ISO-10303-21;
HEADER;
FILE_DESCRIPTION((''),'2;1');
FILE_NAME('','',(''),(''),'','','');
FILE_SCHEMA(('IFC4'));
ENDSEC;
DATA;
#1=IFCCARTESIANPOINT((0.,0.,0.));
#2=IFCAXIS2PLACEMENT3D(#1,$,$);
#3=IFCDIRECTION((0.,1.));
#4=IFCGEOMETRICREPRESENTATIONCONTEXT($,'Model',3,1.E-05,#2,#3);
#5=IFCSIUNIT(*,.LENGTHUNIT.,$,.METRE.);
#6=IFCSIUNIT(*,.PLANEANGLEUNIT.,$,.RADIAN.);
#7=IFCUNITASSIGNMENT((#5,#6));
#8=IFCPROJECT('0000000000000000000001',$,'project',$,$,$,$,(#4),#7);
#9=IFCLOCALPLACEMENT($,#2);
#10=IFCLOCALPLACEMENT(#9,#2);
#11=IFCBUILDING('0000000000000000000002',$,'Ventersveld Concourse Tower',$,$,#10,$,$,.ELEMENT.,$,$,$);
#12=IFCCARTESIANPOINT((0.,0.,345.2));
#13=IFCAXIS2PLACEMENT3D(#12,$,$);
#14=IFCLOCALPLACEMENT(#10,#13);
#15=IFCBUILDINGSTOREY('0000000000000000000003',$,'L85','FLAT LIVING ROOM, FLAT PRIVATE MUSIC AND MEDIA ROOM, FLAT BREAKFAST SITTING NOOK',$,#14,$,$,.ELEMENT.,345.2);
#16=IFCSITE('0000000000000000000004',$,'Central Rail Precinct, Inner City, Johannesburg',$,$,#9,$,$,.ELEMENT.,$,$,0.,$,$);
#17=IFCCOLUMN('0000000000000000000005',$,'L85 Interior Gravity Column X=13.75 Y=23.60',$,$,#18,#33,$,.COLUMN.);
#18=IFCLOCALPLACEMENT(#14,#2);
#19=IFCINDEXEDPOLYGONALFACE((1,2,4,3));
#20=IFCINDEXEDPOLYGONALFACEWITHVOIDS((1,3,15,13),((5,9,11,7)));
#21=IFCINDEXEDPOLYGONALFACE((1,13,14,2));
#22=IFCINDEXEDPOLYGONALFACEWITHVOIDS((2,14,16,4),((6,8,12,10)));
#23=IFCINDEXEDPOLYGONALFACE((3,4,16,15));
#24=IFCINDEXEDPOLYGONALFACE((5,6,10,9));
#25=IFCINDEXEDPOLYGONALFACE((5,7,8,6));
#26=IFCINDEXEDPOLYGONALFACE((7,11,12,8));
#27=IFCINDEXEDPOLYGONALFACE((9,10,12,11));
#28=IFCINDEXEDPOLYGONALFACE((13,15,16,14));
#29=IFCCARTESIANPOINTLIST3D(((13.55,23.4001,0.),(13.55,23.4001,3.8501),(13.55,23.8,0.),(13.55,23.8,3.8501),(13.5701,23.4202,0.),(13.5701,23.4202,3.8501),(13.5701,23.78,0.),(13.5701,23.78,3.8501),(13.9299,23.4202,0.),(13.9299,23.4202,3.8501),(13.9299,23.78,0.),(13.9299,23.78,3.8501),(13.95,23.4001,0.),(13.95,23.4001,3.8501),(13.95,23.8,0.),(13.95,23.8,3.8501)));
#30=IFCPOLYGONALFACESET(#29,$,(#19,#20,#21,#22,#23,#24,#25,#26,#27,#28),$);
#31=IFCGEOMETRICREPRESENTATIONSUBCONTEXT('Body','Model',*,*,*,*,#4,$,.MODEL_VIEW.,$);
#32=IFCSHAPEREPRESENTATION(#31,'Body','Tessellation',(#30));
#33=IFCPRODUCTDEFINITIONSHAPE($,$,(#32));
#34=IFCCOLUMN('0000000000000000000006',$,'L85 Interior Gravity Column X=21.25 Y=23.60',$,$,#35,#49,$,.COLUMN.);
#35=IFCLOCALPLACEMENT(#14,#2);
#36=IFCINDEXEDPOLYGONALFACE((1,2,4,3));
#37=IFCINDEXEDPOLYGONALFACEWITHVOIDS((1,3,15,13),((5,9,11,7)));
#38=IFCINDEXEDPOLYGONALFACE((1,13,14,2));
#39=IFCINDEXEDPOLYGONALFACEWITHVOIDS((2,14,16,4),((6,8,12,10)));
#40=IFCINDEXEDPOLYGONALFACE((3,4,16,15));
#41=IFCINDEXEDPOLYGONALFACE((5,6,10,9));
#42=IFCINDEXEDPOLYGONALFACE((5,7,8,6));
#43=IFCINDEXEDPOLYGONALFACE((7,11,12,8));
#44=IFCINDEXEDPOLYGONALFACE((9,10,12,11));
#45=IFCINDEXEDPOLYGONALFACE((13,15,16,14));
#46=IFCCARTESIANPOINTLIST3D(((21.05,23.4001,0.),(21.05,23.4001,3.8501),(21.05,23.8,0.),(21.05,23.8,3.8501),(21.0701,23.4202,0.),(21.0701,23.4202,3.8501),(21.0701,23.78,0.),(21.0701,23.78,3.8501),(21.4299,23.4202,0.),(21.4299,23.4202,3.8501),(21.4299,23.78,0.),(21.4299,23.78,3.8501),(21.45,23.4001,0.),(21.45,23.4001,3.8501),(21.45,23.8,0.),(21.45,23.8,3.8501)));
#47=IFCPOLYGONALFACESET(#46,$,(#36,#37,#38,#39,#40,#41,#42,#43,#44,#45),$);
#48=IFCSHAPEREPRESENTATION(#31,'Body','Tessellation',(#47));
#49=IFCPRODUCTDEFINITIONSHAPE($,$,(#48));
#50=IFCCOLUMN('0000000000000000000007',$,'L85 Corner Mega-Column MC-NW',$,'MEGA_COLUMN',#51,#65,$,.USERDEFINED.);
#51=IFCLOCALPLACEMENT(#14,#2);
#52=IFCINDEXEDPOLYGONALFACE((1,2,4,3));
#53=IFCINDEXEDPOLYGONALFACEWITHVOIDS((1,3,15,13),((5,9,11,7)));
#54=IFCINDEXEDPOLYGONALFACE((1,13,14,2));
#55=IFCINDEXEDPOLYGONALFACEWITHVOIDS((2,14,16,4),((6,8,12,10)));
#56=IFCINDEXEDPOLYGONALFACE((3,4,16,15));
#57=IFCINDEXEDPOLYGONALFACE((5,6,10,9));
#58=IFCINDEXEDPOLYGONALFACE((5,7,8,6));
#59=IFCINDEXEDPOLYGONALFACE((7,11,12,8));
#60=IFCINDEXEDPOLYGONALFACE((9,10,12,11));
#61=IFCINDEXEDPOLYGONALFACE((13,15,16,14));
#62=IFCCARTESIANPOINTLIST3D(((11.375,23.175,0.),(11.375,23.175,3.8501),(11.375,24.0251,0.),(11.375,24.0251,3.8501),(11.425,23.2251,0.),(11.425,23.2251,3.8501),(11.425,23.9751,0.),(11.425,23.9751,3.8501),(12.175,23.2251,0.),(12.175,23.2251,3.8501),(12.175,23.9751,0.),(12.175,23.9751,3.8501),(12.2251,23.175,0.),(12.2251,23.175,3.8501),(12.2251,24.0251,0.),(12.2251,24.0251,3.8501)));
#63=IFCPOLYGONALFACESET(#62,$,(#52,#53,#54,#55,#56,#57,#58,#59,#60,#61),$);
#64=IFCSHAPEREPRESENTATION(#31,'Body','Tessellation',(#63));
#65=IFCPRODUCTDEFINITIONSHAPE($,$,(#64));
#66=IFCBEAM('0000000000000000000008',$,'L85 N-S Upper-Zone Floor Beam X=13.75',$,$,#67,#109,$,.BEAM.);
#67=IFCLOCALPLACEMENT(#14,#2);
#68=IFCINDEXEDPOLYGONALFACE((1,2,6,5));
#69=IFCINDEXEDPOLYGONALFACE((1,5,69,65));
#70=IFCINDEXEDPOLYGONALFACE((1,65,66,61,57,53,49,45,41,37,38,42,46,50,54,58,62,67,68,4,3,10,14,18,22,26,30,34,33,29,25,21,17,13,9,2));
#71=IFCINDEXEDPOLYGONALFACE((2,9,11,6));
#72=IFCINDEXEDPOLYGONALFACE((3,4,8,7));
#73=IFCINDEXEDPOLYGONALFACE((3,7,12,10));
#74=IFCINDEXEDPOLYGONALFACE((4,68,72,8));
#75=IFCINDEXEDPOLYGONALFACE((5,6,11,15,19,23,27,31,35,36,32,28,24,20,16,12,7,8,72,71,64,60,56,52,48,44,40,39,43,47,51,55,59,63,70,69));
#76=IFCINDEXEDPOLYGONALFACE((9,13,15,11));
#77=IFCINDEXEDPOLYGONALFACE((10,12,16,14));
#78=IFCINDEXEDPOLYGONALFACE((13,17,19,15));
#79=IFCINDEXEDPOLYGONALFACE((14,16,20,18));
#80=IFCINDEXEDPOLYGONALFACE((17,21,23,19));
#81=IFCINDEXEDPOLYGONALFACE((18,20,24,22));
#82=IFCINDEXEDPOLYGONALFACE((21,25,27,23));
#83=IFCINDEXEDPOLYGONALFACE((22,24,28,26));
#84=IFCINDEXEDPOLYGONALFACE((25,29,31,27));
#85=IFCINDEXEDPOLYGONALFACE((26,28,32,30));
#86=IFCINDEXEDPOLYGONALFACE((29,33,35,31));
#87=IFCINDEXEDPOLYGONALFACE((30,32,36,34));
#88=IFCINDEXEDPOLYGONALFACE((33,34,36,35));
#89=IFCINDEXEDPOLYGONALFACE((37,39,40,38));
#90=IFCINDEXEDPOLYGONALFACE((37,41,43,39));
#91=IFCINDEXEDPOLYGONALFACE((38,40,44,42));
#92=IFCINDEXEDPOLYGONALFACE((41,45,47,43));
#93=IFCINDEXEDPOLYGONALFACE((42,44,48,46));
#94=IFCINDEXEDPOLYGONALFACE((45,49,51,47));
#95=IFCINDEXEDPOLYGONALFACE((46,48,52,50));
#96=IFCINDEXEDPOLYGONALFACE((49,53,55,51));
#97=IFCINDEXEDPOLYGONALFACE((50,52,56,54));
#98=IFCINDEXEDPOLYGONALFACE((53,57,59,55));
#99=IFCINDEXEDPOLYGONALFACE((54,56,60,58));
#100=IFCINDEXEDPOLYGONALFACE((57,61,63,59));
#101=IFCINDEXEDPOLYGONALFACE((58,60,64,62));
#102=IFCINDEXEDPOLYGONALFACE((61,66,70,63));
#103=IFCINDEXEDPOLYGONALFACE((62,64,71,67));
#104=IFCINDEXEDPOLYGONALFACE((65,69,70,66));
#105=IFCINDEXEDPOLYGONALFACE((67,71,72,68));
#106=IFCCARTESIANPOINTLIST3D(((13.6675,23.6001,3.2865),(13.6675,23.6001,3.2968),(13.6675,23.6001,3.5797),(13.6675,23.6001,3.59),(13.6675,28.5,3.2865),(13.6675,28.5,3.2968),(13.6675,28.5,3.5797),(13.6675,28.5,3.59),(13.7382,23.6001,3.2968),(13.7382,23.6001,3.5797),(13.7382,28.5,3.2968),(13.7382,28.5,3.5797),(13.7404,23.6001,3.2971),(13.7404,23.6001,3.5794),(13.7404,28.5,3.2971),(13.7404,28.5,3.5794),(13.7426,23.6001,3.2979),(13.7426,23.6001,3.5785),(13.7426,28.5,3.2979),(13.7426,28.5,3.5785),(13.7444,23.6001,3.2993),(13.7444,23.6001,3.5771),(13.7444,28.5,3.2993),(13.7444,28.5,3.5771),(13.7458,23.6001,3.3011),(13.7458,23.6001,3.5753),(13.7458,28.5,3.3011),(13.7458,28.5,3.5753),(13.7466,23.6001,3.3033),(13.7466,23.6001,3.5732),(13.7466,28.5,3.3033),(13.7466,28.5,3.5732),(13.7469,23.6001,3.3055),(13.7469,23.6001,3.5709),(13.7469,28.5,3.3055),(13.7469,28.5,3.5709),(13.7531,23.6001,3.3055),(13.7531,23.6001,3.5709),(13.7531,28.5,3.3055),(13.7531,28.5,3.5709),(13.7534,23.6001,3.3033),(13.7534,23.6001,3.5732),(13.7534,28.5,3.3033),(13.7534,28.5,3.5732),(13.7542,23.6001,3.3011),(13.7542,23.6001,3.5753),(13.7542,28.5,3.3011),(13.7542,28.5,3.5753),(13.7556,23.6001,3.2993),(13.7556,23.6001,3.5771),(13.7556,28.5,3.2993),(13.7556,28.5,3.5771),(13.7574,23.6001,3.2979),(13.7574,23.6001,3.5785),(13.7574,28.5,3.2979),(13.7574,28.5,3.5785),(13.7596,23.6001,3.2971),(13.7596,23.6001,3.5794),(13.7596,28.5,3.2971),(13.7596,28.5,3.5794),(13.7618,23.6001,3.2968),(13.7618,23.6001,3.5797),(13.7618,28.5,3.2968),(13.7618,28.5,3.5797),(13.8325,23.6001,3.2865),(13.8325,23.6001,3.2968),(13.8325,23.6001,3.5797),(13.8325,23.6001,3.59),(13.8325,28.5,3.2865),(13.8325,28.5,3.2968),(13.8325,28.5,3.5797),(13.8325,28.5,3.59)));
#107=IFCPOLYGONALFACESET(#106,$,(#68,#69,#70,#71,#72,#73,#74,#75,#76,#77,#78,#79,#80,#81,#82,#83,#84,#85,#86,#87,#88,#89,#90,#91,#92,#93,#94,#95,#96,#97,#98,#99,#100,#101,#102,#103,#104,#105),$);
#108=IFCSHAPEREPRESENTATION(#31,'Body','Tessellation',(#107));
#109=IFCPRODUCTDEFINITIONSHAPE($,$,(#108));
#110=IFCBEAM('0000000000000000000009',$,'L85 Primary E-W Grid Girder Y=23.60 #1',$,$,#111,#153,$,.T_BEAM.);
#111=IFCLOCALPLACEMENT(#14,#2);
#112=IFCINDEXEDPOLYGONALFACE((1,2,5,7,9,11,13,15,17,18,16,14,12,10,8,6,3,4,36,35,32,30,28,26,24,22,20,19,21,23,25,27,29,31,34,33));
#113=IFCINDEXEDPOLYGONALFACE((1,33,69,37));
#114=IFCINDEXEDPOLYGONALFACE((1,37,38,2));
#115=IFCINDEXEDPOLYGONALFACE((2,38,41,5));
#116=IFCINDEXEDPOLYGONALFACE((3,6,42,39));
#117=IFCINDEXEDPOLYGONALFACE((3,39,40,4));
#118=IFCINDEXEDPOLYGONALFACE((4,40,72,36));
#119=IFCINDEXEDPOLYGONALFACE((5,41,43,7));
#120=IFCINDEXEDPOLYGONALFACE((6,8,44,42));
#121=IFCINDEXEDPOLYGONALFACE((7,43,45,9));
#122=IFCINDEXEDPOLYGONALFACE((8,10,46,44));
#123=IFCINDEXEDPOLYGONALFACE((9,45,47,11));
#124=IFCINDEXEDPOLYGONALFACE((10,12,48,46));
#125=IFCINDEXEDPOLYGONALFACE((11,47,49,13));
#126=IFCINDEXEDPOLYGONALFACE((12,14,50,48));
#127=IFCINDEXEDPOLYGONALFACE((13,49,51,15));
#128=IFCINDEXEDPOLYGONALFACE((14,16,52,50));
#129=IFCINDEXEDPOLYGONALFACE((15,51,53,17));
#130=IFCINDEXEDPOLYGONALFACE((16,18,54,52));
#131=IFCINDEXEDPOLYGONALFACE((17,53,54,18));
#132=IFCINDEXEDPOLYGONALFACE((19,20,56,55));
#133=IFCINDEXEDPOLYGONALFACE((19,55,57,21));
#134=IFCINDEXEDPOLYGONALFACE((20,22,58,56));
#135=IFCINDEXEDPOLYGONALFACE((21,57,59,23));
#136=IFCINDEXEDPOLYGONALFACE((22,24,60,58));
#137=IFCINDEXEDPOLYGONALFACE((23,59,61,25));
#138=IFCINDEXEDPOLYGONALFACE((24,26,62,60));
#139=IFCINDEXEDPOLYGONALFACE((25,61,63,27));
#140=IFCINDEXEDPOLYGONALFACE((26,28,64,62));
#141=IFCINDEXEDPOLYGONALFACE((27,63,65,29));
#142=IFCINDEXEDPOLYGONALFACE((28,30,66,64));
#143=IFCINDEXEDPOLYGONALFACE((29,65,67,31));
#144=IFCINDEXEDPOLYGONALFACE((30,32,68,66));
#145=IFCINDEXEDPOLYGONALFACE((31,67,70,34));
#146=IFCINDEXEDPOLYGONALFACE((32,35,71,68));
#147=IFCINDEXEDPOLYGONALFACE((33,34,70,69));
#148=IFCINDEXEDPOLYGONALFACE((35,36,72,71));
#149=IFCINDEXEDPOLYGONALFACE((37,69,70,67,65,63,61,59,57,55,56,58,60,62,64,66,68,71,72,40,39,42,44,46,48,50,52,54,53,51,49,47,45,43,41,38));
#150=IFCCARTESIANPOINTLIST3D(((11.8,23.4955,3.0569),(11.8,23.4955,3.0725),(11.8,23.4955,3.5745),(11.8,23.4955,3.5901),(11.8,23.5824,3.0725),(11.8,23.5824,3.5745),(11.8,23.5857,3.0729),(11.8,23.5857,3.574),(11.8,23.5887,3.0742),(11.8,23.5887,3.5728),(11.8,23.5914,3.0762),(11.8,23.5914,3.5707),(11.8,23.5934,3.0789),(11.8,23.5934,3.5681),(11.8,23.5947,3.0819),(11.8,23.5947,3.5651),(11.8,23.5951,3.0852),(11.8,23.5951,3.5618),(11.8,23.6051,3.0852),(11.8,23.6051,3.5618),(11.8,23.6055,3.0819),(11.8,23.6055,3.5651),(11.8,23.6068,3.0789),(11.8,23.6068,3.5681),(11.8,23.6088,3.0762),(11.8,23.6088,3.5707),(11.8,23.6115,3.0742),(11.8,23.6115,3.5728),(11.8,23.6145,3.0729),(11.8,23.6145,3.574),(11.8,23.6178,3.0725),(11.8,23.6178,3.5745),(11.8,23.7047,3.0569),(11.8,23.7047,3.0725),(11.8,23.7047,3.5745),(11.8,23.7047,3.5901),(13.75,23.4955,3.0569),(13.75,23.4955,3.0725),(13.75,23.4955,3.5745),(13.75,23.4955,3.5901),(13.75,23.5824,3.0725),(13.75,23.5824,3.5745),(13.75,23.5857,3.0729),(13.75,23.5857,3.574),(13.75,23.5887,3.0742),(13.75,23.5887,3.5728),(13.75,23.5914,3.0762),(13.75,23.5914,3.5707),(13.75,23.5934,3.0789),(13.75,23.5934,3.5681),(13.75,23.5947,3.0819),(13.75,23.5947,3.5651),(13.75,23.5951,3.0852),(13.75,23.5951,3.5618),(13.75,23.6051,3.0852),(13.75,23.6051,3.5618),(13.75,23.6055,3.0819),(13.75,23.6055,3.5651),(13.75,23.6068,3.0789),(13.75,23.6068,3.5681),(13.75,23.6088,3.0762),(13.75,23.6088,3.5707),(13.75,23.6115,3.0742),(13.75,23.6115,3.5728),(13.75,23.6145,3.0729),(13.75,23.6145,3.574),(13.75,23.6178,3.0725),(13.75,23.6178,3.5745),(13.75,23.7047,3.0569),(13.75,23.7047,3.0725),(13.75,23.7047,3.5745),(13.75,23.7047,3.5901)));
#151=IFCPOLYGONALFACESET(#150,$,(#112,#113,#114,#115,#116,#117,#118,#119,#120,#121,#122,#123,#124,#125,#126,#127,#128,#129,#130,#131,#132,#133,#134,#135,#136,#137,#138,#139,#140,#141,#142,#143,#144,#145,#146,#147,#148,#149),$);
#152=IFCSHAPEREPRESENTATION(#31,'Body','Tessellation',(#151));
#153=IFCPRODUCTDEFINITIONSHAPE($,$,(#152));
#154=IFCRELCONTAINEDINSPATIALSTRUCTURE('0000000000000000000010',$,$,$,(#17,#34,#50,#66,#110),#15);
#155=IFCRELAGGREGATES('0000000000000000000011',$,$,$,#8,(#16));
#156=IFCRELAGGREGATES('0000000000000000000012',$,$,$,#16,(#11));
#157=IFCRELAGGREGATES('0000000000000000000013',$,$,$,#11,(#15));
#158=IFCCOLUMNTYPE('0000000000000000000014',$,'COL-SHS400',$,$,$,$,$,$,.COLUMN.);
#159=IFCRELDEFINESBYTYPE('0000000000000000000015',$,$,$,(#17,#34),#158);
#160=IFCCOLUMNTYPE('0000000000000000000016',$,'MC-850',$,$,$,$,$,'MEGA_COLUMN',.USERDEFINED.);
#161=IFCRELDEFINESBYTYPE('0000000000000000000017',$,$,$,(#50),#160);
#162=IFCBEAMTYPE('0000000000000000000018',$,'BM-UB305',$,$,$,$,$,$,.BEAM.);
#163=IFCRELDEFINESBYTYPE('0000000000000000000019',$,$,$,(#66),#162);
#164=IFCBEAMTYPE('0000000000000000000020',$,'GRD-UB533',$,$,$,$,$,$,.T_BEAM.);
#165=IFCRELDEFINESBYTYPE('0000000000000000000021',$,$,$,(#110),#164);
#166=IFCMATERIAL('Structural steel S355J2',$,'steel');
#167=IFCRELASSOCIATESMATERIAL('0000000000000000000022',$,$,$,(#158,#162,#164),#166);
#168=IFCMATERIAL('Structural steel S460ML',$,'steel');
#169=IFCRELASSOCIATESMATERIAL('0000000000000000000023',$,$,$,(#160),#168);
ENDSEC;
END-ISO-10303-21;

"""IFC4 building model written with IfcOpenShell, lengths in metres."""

from ifc_helpers import new_model, si_unit, direction, frame, origin, origin_2d, place, context, subcontext, project, spatial, hollow_rectangle, i_section, extrude, material, material_profile, profile_set, type_object, element, save


model = new_model("IFC4")

# Units and contexts
model_context = context("Model", 3, precision=1e-05, world=origin(), true_north=direction((0.0, 1.0)))
body_context = subcontext(model_context, "Body", "Model", "MODEL_VIEW")
ifc_project = project(units=[si_unit("LENGTHUNIT", "METRE"), si_unit("PLANEANGLEUNIT", "RADIAN")], contexts=[model_context])

# Site, building, storey
site_placement = place(None, origin())
site = spatial("IfcSite", under=ifc_project, at=site_placement, Name="Central Rail Precinct, Inner City, Johannesburg", CompositionType="ELEMENT", RefElevation=0.0)
building_placement = place(site_placement, origin())
building = spatial("IfcBuilding", under=site, at=building_placement, Name="Ventersveld Concourse Tower", CompositionType="ELEMENT")
storey_placement = place(building_placement, frame((0.0, 0.0, 345.2)))
storey = spatial("IfcBuildingStorey", under=building, at=storey_placement, Name="L85", Description="FLAT LIVING ROOM, FLAT PRIVATE MUSIC AND MEDIA ROOM, FLAT BREAKFAST SITTING NOOK", CompositionType="ELEMENT", Elevation=345.2)

# Columns
ifc_material_1 = material(Name="Structural steel S355J2", Category="steel")
ifc_material_profile_1 = material_profile(ifc_material_1, hollow_rectangle(XDim=0.3999, YDim=0.3999, WallThickness=0.02, at=origin_2d()), Name="SHS 400x400x20")
ifc_profile_set_1 = profile_set([ifc_material_profile_1], Name="Structural steel S355J2")
column_type_1 = type_object("IfcColumnType", Name="COL-SHS400", PredefinedType="COLUMN", material=ifc_profile_set_1)
for number, where, z_axis, x_axis, name in (
    (1, (13.75, 23.6001, 0.0), (0.0, 0.0, 1.0), (1.0, 0.0, 0.0), "L85 Interior Gravity Column X=13.75 Y=23.60"),
    (2, (21.25, 23.6001, 0.0), (0.0, 0.0, 1.0), (1.0, 0.0, 0.0), "L85 Interior Gravity Column X=21.25 Y=23.60"),
):
    element("IfcColumn", number, at=place(storey_placement, frame(where, z_axis=z_axis, x_axis=x_axis)), inside=storey, type_object=column_type_1, Name=name, PredefinedType="COLUMN", context=body_context, shape_type="SweptSolid", body=[
        extrude(hollow_rectangle(XDim=0.3999, YDim=0.3999, WallThickness=0.02, at=origin_2d()), origin(), (0.0, 0.0, 1.0), 3.8501),
    ])
ifc_material_2 = material(Name="Structural steel S460ML", Category="steel")
ifc_material_profile_2 = material_profile(ifc_material_2, hollow_rectangle(XDim=0.8501, YDim=0.8501, WallThickness=0.05, at=origin_2d()), Name="BOX 850x850x50")
ifc_profile_set_2 = profile_set([ifc_material_profile_2], Name="Structural steel S460ML")
column_type_2 = type_object("IfcColumnType", Name="MC-850", ElementType="MEGA_COLUMN", PredefinedType="USERDEFINED", material=ifc_profile_set_2)
column_placement = place(storey_placement, frame((11.8, 23.6001, 0.0), z_axis=(0.0, 0.0, 1.0), x_axis=(1.0, 0.0, 0.0)))
element("IfcColumn", 3, at=column_placement, inside=storey, type_object=column_type_2, Name="L85 Corner Mega-Column MC-NW", ObjectType="MEGA_COLUMN", PredefinedType="USERDEFINED", context=body_context, shape_type="SweptSolid", body=[
    extrude(hollow_rectangle(XDim=0.8501, YDim=0.8501, WallThickness=0.05, at=origin_2d()), origin(), (0.0, 0.0, 1.0), 3.8501),
])

# Beams
ifc_material_profile_3 = material_profile(ifc_material_1, i_section(OverallWidth=0.165, OverallDepth=0.3035, WebThickness=0.0061, FlangeThickness=0.0103, FilletRadius=0.0088, at=origin_2d()), Name="UB 305x165x40")
ifc_profile_set_3 = profile_set([ifc_material_profile_3], Name="Structural steel S355J2")
beam_type_1 = type_object("IfcBeamType", Name="BM-UB305", PredefinedType="BEAM", material=ifc_profile_set_3)
beam_1_placement = place(storey_placement, frame((13.75, 23.6001, 3.4382), z_axis=(0.0, 1.0, 0.0), x_axis=(-1.0, 0.0, 0.0)))
element("IfcBeam", 4, at=beam_1_placement, inside=storey, type_object=beam_type_1, Name="L85 N-S Upper-Zone Floor Beam X=13.75", PredefinedType="BEAM", context=body_context, shape_type="SweptSolid", body=[
    extrude(i_section(OverallWidth=0.165, OverallDepth=0.3035, WebThickness=0.0061, FlangeThickness=0.0103, FilletRadius=0.0088, at=origin_2d()), origin(), (0.0, 0.0, 1.0), 4.8999),
])
ifc_material_profile_4 = material_profile(ifc_material_1, i_section(OverallWidth=0.2092, OverallDepth=0.5332, WebThickness=0.01, FlangeThickness=0.0156, FilletRadius=0.0127, at=origin_2d()), Name="UB 533x210x92")
ifc_profile_set_4 = profile_set([ifc_material_profile_4], Name="Structural steel S355J2")
beam_type_2 = type_object("IfcBeamType", Name="GRD-UB533", PredefinedType="T_BEAM", material=ifc_profile_set_4)
beam_2_placement = place(storey_placement, frame((11.8, 23.6001, 3.3235), z_axis=(1.0, 0.0, 0.0), x_axis=(0.0, 1.0, 0.0)))
element("IfcBeam", 5, at=beam_2_placement, inside=storey, type_object=beam_type_2, Name="L85 Primary E-W Grid Girder Y=23.60 #1", PredefinedType="T_BEAM", context=body_context, shape_type="SweptSolid", body=[
    extrude(i_section(OverallWidth=0.2092, OverallDepth=0.5332, WebThickness=0.01, FlangeThickness=0.0156, FilletRadius=0.0127, at=origin_2d()), origin(), (0.0, 0.0, 1.0), 1.95),
])

save(model, "model.ifc")
